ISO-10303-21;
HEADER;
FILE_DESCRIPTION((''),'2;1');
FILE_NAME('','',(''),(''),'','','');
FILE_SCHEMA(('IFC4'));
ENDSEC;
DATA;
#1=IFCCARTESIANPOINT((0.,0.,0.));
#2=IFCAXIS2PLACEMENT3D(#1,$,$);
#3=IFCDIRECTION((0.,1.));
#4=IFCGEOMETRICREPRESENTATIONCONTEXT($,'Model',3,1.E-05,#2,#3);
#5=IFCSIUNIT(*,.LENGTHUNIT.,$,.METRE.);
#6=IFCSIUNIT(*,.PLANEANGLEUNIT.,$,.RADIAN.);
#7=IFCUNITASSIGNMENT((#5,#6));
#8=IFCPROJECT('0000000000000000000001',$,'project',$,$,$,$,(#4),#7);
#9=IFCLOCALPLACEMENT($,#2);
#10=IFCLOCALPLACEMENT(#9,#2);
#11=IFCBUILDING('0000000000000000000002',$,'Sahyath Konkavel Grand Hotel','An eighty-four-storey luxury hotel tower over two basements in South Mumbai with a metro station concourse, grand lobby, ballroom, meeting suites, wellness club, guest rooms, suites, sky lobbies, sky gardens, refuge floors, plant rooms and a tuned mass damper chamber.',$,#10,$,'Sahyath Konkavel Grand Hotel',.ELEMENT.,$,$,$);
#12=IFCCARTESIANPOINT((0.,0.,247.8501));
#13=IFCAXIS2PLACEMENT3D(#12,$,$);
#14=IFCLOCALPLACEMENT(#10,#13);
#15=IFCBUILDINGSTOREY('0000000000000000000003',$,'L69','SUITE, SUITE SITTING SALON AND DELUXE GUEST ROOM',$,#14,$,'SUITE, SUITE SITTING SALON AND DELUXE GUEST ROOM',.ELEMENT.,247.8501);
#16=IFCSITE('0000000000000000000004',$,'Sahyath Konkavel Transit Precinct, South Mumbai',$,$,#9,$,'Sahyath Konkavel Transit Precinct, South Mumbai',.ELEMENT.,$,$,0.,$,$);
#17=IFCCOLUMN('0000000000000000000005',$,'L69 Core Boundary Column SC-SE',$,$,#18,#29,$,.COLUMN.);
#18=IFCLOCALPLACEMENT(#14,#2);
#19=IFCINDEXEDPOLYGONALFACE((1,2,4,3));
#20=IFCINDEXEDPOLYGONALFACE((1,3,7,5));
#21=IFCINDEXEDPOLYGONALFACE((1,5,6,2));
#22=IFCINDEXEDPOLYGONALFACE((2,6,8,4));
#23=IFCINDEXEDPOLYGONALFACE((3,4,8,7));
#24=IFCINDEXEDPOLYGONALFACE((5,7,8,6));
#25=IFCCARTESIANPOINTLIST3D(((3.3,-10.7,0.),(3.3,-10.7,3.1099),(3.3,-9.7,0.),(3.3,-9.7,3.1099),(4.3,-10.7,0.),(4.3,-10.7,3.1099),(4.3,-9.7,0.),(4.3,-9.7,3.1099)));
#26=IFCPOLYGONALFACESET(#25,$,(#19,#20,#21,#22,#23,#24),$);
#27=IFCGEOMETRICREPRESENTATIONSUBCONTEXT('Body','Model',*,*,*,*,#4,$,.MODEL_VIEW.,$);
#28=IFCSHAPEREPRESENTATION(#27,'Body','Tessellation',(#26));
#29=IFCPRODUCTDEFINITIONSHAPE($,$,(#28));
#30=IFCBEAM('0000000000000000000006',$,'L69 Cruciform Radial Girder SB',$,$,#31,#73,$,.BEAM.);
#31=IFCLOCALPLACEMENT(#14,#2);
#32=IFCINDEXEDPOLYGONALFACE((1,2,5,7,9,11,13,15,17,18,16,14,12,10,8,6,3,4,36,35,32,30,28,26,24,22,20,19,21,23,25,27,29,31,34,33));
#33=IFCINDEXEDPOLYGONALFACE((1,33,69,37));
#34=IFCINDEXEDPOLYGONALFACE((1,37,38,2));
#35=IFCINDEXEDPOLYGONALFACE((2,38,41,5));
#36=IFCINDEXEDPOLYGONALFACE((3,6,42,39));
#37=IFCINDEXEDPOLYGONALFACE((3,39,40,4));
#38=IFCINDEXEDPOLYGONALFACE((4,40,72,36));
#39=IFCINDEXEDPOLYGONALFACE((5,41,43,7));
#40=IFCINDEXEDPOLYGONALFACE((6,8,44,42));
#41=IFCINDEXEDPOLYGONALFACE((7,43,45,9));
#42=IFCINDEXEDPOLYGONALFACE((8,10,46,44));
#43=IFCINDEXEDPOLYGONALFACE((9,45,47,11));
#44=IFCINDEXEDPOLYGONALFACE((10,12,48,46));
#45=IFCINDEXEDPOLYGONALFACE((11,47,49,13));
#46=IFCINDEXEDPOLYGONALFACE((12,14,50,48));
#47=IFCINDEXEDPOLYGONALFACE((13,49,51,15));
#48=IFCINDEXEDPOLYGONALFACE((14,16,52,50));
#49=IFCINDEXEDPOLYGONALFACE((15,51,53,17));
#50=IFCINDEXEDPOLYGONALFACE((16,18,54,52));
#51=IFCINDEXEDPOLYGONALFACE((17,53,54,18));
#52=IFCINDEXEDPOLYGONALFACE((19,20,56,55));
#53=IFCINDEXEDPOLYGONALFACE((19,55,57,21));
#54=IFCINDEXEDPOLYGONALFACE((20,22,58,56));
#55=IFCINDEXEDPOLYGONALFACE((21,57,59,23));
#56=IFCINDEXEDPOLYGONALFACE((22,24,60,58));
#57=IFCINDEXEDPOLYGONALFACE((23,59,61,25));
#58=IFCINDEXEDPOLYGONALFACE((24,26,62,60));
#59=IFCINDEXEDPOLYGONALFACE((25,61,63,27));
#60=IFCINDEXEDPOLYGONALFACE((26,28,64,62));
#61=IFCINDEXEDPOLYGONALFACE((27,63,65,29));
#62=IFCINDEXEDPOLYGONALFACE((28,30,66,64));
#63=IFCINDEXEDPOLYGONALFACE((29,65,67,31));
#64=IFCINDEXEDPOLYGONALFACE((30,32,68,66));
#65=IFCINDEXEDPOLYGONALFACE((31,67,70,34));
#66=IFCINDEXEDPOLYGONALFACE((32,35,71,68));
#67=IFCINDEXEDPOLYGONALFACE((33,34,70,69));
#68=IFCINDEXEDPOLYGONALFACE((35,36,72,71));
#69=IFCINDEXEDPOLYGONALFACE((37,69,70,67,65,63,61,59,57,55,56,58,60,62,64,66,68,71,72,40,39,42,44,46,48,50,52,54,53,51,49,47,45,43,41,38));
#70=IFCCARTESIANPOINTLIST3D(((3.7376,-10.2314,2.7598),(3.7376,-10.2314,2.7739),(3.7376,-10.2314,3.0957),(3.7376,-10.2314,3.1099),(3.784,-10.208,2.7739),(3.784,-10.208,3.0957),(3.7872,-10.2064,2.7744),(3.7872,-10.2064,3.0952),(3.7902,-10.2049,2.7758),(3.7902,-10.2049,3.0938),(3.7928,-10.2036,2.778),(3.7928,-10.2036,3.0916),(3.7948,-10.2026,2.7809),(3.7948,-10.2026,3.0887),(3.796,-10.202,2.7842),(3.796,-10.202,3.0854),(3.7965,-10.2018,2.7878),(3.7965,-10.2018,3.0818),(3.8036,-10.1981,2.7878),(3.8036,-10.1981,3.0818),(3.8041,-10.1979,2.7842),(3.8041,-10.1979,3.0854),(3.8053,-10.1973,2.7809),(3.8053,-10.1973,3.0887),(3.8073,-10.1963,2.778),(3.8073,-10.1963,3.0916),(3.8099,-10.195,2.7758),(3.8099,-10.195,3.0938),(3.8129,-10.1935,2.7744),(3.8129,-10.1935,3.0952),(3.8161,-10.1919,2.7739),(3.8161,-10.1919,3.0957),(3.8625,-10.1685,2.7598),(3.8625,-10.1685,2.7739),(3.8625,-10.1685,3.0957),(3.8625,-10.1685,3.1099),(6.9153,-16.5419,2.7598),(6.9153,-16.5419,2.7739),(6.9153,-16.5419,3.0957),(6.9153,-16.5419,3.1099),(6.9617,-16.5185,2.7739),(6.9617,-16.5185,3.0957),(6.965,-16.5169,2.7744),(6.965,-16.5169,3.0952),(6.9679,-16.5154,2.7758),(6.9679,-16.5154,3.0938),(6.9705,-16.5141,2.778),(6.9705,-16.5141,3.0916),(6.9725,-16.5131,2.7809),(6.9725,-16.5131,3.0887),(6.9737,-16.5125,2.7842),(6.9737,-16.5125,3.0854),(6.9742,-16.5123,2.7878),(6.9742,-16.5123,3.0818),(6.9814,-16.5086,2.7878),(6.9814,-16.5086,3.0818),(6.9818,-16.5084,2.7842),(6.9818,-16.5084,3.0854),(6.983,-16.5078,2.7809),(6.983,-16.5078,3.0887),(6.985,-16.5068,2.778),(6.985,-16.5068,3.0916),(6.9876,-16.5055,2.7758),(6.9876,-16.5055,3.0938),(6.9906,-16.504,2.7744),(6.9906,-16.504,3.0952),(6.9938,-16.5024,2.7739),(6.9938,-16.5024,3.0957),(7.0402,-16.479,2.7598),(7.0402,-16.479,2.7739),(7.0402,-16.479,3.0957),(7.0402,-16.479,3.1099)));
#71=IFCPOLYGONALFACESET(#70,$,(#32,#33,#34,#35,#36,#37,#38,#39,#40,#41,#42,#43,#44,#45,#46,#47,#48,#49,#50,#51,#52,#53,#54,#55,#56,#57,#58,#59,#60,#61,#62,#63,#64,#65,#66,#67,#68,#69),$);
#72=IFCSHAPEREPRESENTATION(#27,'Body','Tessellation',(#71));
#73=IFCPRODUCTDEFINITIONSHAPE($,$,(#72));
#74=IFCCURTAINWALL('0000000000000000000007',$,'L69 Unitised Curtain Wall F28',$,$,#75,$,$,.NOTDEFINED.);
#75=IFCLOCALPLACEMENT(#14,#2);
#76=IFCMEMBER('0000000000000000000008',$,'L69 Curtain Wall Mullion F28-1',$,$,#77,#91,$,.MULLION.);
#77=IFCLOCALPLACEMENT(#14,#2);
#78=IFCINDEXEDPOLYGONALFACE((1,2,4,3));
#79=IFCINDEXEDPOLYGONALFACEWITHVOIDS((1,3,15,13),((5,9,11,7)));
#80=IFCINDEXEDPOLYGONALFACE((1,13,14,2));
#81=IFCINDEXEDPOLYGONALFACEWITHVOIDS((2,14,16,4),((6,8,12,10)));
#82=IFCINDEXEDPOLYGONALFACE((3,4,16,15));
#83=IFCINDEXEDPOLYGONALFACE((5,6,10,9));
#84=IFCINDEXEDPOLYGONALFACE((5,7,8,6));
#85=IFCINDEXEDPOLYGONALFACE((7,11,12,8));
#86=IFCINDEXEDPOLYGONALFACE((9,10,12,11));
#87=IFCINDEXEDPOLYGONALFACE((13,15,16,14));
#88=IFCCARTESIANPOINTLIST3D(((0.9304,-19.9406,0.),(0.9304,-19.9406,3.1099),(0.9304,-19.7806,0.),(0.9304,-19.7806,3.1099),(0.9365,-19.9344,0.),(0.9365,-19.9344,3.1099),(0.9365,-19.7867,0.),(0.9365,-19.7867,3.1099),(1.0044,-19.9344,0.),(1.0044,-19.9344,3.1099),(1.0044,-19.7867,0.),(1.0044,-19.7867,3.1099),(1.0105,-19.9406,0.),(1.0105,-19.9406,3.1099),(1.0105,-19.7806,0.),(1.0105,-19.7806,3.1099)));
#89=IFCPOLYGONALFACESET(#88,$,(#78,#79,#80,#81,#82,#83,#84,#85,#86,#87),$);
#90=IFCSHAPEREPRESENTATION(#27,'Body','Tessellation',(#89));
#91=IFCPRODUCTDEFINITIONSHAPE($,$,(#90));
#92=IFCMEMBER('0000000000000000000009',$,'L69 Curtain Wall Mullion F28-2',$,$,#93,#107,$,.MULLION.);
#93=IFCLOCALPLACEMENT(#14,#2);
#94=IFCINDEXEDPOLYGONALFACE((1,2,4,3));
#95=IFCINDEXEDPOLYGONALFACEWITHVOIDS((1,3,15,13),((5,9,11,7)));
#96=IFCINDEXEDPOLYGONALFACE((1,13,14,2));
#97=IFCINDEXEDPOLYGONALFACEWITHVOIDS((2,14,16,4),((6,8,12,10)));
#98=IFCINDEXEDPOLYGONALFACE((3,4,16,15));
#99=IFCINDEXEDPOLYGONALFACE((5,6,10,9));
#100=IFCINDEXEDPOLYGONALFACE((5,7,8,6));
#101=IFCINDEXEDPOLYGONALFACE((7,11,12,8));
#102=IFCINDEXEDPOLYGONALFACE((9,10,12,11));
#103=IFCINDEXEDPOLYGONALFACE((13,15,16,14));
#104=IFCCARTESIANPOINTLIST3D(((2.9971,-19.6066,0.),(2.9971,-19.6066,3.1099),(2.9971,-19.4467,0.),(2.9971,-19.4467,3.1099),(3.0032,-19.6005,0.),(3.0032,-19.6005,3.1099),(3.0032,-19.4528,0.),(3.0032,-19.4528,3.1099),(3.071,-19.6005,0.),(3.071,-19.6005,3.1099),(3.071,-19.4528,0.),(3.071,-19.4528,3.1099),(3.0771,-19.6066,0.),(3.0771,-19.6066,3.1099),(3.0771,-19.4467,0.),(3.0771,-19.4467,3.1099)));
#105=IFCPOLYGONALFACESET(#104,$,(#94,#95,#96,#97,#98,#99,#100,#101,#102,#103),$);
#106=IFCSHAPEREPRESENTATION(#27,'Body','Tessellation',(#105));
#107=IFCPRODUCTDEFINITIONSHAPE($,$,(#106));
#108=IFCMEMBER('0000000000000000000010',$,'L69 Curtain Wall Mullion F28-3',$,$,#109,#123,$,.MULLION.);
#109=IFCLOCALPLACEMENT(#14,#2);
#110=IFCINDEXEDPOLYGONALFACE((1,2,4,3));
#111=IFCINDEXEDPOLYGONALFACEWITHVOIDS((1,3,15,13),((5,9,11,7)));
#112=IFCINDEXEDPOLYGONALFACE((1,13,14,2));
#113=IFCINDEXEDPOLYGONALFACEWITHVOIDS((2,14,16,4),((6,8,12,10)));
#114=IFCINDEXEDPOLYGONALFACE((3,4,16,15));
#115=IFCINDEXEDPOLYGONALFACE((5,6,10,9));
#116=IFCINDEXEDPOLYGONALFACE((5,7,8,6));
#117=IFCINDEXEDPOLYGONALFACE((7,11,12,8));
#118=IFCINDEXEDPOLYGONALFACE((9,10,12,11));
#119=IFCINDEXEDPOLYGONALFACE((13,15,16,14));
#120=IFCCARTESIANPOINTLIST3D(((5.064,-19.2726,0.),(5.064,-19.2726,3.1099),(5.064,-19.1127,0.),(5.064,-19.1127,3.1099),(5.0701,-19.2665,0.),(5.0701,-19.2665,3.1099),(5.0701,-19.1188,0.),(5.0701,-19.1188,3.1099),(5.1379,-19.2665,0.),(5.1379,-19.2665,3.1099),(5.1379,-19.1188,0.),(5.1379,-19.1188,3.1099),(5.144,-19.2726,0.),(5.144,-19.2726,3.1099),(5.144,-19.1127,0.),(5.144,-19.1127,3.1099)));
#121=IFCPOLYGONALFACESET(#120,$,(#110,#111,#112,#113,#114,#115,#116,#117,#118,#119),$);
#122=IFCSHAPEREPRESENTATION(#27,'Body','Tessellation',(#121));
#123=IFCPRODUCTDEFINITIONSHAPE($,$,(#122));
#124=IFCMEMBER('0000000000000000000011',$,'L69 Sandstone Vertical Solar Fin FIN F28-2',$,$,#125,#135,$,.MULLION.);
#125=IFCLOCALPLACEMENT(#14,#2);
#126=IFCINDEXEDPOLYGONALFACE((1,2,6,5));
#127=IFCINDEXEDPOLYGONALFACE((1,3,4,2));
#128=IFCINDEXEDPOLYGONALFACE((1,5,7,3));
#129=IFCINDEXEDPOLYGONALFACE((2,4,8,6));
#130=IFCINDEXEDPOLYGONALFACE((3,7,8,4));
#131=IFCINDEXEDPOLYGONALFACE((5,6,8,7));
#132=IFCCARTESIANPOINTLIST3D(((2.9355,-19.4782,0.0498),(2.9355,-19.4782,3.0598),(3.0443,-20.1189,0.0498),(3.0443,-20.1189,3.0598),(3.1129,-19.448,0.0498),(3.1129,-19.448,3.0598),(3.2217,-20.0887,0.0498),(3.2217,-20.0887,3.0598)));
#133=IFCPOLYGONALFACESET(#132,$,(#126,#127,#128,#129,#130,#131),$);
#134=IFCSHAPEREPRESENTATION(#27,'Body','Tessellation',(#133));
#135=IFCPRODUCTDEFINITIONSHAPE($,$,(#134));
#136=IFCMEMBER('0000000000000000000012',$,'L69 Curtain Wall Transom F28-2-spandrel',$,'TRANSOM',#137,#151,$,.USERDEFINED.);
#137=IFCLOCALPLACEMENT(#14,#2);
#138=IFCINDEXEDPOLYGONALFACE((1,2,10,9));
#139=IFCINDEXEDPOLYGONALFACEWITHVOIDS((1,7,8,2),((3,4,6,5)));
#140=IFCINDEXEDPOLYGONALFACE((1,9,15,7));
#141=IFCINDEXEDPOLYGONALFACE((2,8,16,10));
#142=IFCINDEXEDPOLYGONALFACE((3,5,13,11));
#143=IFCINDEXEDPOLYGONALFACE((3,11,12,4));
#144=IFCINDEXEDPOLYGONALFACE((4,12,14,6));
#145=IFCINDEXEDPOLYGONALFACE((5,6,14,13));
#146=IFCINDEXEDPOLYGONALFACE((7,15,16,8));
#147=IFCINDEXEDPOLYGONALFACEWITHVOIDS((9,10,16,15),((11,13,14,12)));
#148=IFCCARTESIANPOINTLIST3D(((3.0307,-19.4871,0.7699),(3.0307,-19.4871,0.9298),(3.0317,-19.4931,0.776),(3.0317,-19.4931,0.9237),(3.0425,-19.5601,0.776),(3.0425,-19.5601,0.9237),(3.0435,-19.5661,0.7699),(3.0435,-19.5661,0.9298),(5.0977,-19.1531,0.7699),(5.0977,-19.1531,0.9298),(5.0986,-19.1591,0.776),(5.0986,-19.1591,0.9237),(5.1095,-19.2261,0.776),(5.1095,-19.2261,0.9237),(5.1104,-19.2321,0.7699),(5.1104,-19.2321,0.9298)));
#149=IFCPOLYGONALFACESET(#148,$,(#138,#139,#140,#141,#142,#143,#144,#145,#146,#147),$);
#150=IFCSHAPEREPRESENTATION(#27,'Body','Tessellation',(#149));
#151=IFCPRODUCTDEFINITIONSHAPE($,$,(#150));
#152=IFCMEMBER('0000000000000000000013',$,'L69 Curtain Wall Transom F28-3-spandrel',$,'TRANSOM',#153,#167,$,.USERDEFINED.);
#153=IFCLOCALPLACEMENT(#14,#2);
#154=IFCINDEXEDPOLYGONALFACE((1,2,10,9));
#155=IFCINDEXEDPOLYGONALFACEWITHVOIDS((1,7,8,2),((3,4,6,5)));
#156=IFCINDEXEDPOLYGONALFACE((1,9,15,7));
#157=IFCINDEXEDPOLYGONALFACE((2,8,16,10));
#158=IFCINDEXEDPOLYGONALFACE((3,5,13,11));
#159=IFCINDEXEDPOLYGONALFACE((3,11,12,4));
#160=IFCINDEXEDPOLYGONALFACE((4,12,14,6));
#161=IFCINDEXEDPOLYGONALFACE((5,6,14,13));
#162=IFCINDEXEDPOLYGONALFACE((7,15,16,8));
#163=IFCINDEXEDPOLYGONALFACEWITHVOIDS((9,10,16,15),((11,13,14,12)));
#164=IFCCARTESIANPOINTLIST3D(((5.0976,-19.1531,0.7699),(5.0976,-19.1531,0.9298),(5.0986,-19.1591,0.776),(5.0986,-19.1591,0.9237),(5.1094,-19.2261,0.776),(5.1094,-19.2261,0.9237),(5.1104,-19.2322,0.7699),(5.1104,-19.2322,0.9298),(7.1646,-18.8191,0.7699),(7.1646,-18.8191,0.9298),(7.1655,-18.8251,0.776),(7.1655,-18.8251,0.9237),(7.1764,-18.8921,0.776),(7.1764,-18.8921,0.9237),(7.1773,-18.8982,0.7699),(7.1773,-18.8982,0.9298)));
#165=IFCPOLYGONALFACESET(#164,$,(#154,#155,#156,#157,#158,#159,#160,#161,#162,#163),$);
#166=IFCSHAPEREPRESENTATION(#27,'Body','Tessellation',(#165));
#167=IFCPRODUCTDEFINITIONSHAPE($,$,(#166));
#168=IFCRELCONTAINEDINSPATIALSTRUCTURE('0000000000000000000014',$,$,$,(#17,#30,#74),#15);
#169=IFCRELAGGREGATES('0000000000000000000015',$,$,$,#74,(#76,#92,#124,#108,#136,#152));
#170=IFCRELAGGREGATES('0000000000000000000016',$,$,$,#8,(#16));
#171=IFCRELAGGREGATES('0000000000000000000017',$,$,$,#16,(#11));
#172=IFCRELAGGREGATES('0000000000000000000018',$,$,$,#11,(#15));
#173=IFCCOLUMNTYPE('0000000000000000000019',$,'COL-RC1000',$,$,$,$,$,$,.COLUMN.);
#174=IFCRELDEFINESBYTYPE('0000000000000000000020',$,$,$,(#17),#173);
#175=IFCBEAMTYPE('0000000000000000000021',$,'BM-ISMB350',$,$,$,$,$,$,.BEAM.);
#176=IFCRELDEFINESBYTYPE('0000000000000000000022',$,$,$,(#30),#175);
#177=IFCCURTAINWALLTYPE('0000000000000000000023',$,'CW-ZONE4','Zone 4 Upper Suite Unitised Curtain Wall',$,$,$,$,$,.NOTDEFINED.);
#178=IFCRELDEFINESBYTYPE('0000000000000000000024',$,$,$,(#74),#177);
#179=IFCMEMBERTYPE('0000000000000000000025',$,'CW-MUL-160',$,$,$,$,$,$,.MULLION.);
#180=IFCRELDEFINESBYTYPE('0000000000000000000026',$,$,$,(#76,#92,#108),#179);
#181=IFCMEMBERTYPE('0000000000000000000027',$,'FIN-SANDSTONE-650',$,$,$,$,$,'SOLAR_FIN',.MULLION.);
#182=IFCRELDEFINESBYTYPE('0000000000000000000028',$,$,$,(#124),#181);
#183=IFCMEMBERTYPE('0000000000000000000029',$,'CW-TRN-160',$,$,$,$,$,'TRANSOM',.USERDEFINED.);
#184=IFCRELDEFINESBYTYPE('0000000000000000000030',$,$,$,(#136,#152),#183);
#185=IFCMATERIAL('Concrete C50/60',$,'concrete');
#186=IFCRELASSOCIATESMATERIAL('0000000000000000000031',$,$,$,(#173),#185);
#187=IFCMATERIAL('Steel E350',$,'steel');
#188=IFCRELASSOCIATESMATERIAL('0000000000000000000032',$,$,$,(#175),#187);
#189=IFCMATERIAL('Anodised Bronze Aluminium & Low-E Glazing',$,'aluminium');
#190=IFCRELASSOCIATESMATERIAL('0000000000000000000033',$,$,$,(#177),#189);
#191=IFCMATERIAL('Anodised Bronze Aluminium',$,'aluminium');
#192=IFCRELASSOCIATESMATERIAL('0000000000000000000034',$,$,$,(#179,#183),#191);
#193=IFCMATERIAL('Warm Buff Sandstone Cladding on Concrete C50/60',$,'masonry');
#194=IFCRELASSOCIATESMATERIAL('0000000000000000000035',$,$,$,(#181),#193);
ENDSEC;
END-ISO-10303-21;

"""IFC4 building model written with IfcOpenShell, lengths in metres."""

from ifc_helpers import new_model, si_unit, direction, frame, origin, origin_2d, place, context, subcontext, project, spatial, rectangle, hollow_rectangle, i_section, extrude, source, transform, mapped, material, material_profile, profile_set, type_object, element, aggregate, save


model = new_model("IFC4")

# Units and contexts
model_context = context("Model", 3, precision=1e-05, world=origin(), true_north=direction((0.0, 1.0)))
body_context = subcontext(model_context, "Body", "Model", "MODEL_VIEW")
ifc_project = project(units=[si_unit("LENGTHUNIT", "METRE"), si_unit("PLANEANGLEUNIT", "RADIAN")], contexts=[model_context])

# Site, building, storey
site_placement = place(None, origin())
site = spatial("IfcSite", under=ifc_project, at=site_placement, Name="Sahyath Konkavel Transit Precinct, South Mumbai", LongName="Sahyath Konkavel Transit Precinct, South Mumbai", CompositionType="ELEMENT", RefElevation=0.0)
building_placement = place(site_placement, origin())
building = spatial("IfcBuilding", under=site, at=building_placement, Name="Sahyath Konkavel Grand Hotel", Description="An eighty-four-storey luxury hotel tower over two basements in South Mumbai with a metro station concourse, grand lobby, ballroom, meeting suites, wellness club, guest rooms, suites, sky lobbies, sky gardens, refuge floors, plant rooms and a tuned mass damper chamber.", LongName="Sahyath Konkavel Grand Hotel", CompositionType="ELEMENT")
storey_placement = place(building_placement, frame((0.0, 0.0, 247.8501)))
storey = spatial("IfcBuildingStorey", under=building, at=storey_placement, Name="L69", Description="SUITE, SUITE SITTING SALON AND DELUXE GUEST ROOM", LongName="SUITE, SUITE SITTING SALON AND DELUXE GUEST ROOM", CompositionType="ELEMENT", Elevation=247.8501)

# Column
ifc_material_1 = material(Name="Concrete C50/60", Category="concrete")
ifc_material_profile_1 = material_profile(ifc_material_1, rectangle(XDim=1.0, YDim=1.0, at=origin_2d()), Name="RC 1000x1000")
ifc_profile_set_1 = profile_set([ifc_material_profile_1], Name="Concrete C50/60")
column_type = type_object("IfcColumnType", Name="COL-RC1000", PredefinedType="COLUMN", material=ifc_profile_set_1)
shared_shape_1 = source(origin(), body_context, "Body", "SweptSolid", [
    extrude(rectangle(XDim=1.0, YDim=1.0, at=origin_2d()), origin(), (0.0, 0.0, 1.0), 3.1099),
])
column_placement = place(storey_placement, frame((3.8, -10.2, 0.0), z_axis=(0.0, 0.0, 1.0), x_axis=(1.0, 0.0, 0.0)))
element("IfcColumn", 1, at=column_placement, inside=storey, type_object=column_type, Name="L69 Core Boundary Column SC-SE", PredefinedType="COLUMN", context=body_context, shape_type="MappedRepresentation", body=[
    mapped(shared_shape_1, transform((0.0, 0.0, 0.0), scale=1.0)),
])

# Beam
ifc_material_2 = material(Name="Steel E350", Category="steel")
ifc_material_profile_2 = material_profile(ifc_material_2, i_section(OverallWidth=0.1399, OverallDepth=0.3501, WebThickness=0.0081, FlangeThickness=0.0142, FilletRadius=0.0139, at=origin_2d()), Name="ISMB 350")
ifc_profile_set_2 = profile_set([ifc_material_profile_2], Name="Steel E350")
beam_type_1 = type_object("IfcBeamType", Name="BM-ISMB350", PredefinedType="BEAM", material=ifc_profile_set_2)
shared_shape_2 = source(origin(), body_context, "Body", "SweptSolid", [
    extrude(i_section(OverallWidth=0.1399, OverallDepth=0.3501, WebThickness=0.0081, FlangeThickness=0.0142, FilletRadius=0.0139, at=origin_2d()), origin(), (0.0, 0.0, 1.0), 7.0654),
])
beam_1_placement = place(storey_placement, frame((3.8, -10.2, 2.9348), z_axis=(0.449755, -0.893152, 0.0), x_axis=(0.893152, 0.449755, 0.0)))
element("IfcBeam", 2, at=beam_1_placement, inside=storey, type_object=beam_type_1, Name="L69 Cruciform Radial Girder SB", PredefinedType="BEAM", context=body_context, shape_type="MappedRepresentation", body=[
    mapped(shared_shape_2, transform((0.0, 0.0, 0.0), scale=1.0)),
])

# Curtain wall, members
ifc_material_3 = material(Name="Anodised Bronze Aluminium & Low-E Glazing", Category="aluminium")
curtain_wall_type = type_object("IfcCurtainWallType", Name="CW-ZONE4", Description="Zone 4 Upper Suite Unitised Curtain Wall", PredefinedType="NOTDEFINED", material=ifc_material_3)
curtain_wall_placement = place(storey_placement, origin())
curtain_wall = element("IfcCurtainWall", 3, at=curtain_wall_placement, inside=storey, type_object=curtain_wall_type, Name="L69 Unitised Curtain Wall F28", PredefinedType="NOTDEFINED")
ifc_material_4 = material(Name="Anodised Bronze Aluminium", Category="aluminium")
ifc_material_profile_3 = material_profile(ifc_material_4, hollow_rectangle(XDim=0.0801, YDim=0.1599, WallThickness=0.0061, at=origin_2d()), Name="RHS 160x80x6")
ifc_profile_set_3 = profile_set([ifc_material_profile_3], Name="Anodised Bronze Aluminium")
member_type_1 = type_object("IfcMemberType", Name="CW-MUL-160", PredefinedType="MULLION", material=ifc_profile_set_3)
shared_shape_3 = source(origin(), body_context, "Body", "SweptSolid", [
    extrude(hollow_rectangle(XDim=0.0801, YDim=0.1599, WallThickness=0.0061, at=origin_2d()), origin(), (0.0, 0.0, 1.0), 3.1099),
])
member_1_placement = place(storey_placement, frame((0.9705, -19.8606, 0.0), z_axis=(0.0, 0.0, 1.0), x_axis=(1.0, 0.0, 0.0)))
member_1 = element("IfcMember", 4, at=member_1_placement, type_object=member_type_1, Name="L69 Curtain Wall Mullion F28-1", PredefinedType="MULLION", context=body_context, shape_type="MappedRepresentation", body=[
    mapped(shared_shape_3, transform((0.0, 0.0, 0.0), scale=1.0)),
])
member_2_placement = place(storey_placement, frame((3.0371, -19.5266, 0.0), z_axis=(0.0, 0.0, 1.0), x_axis=(1.0, 0.0, 0.0)))
member_2 = element("IfcMember", 5, at=member_2_placement, type_object=member_type_1, Name="L69 Curtain Wall Mullion F28-2", PredefinedType="MULLION", context=body_context, shape_type="MappedRepresentation", body=[
    mapped(shared_shape_3, transform((0.0, 0.0, 0.0), scale=1.0)),
])
member_3_placement = place(storey_placement, frame((5.104, -19.1926, 0.0), z_axis=(0.0, 0.0, 1.0), x_axis=(1.0, 0.0, 0.0)))
member_3 = element("IfcMember", 6, at=member_3_placement, type_object=member_type_1, Name="L69 Curtain Wall Mullion F28-3", PredefinedType="MULLION", context=body_context, shape_type="MappedRepresentation", body=[
    mapped(shared_shape_3, transform((0.0, 0.0, 0.0), scale=1.0)),
])
ifc_material_5 = material(Name="Warm Buff Sandstone Cladding on Concrete C50/60", Category="masonry")
ifc_material_profile_4 = material_profile(ifc_material_5, rectangle(XDim=0.1799, YDim=0.6499, at=origin_2d()), Name="FIN 180x650")
ifc_profile_set_4 = profile_set([ifc_material_profile_4], Name="Warm Buff Sandstone Cladding on Concrete C50/60")
member_type_2 = type_object("IfcMemberType", Name="FIN-SANDSTONE-650", ElementType="SOLAR_FIN", PredefinedType="MULLION", material=ifc_profile_set_4)
shared_shape_4 = source(origin(), body_context, "Body", "SweptSolid", [
    extrude(rectangle(XDim=0.1799, YDim=0.6499, at=origin_2d()), origin(), (0.0, 0.0, 1.0), 3.01),
])
member_4_placement = place(storey_placement, frame((3.0786, -19.7834, 0.0498), z_axis=(0.0, 0.0, 1.0), x_axis=(0.985879, 0.167457, 0.0)))
member_4 = element("IfcMember", 7, at=member_4_placement, type_object=member_type_2, Name="L69 Sandstone Vertical Solar Fin FIN F28-2", PredefinedType="MULLION", context=body_context, shape_type="MappedRepresentation", body=[
    mapped(shared_shape_4, transform((0.0, 0.0, 0.0), scale=1.0)),
])
ifc_material_profile_5 = material_profile(ifc_material_4, hollow_rectangle(XDim=0.0801, YDim=0.1599, WallThickness=0.0061, at=origin_2d()), Name="RHS 160x80x6")
ifc_profile_set_5 = profile_set([ifc_material_profile_5], Name="Anodised Bronze Aluminium")
member_type_3 = type_object("IfcMemberType", Name="CW-TRN-160", ElementType="TRANSOM", PredefinedType="USERDEFINED", material=ifc_profile_set_5)
shared_shape_5 = source(origin(), body_context, "Body", "SweptSolid", [
    extrude(hollow_rectangle(XDim=0.0801, YDim=0.1599, WallThickness=0.0061, at=origin_2d()), origin(), (0.0, 0.0, 1.0), 2.0938),
])
member_5_placement = place(storey_placement, frame((3.0371, -19.5266, 0.8499), z_axis=(0.987195, 0.159518, 0.0), x_axis=(-0.159518, 0.987195, 0.0)))
member_5 = element("IfcMember", 8, at=member_5_placement, type_object=member_type_3, Name="L69 Curtain Wall Transom F28-2-spandrel", ObjectType="TRANSOM", PredefinedType="USERDEFINED", context=body_context, shape_type="MappedRepresentation", body=[
    mapped(shared_shape_5, transform((0.0, 0.0, 0.0), scale=1.0)),
])
member_6_placement = place(storey_placement, frame((5.104, -19.1926, 0.8499), z_axis=(0.987195, 0.159518, 0.0), x_axis=(-0.159518, 0.987195, 0.0)))
member_6 = element("IfcMember", 9, at=member_6_placement, type_object=member_type_3, Name="L69 Curtain Wall Transom F28-3-spandrel", ObjectType="TRANSOM", PredefinedType="USERDEFINED", context=body_context, shape_type="MappedRepresentation", body=[
    mapped(shared_shape_5, transform((0.0, 0.0, 0.0), scale=1.0)),
])

aggregate(curtain_wall, [member_1, member_2, member_4, member_3, member_5, member_6])

save(model, "model.ifc")
